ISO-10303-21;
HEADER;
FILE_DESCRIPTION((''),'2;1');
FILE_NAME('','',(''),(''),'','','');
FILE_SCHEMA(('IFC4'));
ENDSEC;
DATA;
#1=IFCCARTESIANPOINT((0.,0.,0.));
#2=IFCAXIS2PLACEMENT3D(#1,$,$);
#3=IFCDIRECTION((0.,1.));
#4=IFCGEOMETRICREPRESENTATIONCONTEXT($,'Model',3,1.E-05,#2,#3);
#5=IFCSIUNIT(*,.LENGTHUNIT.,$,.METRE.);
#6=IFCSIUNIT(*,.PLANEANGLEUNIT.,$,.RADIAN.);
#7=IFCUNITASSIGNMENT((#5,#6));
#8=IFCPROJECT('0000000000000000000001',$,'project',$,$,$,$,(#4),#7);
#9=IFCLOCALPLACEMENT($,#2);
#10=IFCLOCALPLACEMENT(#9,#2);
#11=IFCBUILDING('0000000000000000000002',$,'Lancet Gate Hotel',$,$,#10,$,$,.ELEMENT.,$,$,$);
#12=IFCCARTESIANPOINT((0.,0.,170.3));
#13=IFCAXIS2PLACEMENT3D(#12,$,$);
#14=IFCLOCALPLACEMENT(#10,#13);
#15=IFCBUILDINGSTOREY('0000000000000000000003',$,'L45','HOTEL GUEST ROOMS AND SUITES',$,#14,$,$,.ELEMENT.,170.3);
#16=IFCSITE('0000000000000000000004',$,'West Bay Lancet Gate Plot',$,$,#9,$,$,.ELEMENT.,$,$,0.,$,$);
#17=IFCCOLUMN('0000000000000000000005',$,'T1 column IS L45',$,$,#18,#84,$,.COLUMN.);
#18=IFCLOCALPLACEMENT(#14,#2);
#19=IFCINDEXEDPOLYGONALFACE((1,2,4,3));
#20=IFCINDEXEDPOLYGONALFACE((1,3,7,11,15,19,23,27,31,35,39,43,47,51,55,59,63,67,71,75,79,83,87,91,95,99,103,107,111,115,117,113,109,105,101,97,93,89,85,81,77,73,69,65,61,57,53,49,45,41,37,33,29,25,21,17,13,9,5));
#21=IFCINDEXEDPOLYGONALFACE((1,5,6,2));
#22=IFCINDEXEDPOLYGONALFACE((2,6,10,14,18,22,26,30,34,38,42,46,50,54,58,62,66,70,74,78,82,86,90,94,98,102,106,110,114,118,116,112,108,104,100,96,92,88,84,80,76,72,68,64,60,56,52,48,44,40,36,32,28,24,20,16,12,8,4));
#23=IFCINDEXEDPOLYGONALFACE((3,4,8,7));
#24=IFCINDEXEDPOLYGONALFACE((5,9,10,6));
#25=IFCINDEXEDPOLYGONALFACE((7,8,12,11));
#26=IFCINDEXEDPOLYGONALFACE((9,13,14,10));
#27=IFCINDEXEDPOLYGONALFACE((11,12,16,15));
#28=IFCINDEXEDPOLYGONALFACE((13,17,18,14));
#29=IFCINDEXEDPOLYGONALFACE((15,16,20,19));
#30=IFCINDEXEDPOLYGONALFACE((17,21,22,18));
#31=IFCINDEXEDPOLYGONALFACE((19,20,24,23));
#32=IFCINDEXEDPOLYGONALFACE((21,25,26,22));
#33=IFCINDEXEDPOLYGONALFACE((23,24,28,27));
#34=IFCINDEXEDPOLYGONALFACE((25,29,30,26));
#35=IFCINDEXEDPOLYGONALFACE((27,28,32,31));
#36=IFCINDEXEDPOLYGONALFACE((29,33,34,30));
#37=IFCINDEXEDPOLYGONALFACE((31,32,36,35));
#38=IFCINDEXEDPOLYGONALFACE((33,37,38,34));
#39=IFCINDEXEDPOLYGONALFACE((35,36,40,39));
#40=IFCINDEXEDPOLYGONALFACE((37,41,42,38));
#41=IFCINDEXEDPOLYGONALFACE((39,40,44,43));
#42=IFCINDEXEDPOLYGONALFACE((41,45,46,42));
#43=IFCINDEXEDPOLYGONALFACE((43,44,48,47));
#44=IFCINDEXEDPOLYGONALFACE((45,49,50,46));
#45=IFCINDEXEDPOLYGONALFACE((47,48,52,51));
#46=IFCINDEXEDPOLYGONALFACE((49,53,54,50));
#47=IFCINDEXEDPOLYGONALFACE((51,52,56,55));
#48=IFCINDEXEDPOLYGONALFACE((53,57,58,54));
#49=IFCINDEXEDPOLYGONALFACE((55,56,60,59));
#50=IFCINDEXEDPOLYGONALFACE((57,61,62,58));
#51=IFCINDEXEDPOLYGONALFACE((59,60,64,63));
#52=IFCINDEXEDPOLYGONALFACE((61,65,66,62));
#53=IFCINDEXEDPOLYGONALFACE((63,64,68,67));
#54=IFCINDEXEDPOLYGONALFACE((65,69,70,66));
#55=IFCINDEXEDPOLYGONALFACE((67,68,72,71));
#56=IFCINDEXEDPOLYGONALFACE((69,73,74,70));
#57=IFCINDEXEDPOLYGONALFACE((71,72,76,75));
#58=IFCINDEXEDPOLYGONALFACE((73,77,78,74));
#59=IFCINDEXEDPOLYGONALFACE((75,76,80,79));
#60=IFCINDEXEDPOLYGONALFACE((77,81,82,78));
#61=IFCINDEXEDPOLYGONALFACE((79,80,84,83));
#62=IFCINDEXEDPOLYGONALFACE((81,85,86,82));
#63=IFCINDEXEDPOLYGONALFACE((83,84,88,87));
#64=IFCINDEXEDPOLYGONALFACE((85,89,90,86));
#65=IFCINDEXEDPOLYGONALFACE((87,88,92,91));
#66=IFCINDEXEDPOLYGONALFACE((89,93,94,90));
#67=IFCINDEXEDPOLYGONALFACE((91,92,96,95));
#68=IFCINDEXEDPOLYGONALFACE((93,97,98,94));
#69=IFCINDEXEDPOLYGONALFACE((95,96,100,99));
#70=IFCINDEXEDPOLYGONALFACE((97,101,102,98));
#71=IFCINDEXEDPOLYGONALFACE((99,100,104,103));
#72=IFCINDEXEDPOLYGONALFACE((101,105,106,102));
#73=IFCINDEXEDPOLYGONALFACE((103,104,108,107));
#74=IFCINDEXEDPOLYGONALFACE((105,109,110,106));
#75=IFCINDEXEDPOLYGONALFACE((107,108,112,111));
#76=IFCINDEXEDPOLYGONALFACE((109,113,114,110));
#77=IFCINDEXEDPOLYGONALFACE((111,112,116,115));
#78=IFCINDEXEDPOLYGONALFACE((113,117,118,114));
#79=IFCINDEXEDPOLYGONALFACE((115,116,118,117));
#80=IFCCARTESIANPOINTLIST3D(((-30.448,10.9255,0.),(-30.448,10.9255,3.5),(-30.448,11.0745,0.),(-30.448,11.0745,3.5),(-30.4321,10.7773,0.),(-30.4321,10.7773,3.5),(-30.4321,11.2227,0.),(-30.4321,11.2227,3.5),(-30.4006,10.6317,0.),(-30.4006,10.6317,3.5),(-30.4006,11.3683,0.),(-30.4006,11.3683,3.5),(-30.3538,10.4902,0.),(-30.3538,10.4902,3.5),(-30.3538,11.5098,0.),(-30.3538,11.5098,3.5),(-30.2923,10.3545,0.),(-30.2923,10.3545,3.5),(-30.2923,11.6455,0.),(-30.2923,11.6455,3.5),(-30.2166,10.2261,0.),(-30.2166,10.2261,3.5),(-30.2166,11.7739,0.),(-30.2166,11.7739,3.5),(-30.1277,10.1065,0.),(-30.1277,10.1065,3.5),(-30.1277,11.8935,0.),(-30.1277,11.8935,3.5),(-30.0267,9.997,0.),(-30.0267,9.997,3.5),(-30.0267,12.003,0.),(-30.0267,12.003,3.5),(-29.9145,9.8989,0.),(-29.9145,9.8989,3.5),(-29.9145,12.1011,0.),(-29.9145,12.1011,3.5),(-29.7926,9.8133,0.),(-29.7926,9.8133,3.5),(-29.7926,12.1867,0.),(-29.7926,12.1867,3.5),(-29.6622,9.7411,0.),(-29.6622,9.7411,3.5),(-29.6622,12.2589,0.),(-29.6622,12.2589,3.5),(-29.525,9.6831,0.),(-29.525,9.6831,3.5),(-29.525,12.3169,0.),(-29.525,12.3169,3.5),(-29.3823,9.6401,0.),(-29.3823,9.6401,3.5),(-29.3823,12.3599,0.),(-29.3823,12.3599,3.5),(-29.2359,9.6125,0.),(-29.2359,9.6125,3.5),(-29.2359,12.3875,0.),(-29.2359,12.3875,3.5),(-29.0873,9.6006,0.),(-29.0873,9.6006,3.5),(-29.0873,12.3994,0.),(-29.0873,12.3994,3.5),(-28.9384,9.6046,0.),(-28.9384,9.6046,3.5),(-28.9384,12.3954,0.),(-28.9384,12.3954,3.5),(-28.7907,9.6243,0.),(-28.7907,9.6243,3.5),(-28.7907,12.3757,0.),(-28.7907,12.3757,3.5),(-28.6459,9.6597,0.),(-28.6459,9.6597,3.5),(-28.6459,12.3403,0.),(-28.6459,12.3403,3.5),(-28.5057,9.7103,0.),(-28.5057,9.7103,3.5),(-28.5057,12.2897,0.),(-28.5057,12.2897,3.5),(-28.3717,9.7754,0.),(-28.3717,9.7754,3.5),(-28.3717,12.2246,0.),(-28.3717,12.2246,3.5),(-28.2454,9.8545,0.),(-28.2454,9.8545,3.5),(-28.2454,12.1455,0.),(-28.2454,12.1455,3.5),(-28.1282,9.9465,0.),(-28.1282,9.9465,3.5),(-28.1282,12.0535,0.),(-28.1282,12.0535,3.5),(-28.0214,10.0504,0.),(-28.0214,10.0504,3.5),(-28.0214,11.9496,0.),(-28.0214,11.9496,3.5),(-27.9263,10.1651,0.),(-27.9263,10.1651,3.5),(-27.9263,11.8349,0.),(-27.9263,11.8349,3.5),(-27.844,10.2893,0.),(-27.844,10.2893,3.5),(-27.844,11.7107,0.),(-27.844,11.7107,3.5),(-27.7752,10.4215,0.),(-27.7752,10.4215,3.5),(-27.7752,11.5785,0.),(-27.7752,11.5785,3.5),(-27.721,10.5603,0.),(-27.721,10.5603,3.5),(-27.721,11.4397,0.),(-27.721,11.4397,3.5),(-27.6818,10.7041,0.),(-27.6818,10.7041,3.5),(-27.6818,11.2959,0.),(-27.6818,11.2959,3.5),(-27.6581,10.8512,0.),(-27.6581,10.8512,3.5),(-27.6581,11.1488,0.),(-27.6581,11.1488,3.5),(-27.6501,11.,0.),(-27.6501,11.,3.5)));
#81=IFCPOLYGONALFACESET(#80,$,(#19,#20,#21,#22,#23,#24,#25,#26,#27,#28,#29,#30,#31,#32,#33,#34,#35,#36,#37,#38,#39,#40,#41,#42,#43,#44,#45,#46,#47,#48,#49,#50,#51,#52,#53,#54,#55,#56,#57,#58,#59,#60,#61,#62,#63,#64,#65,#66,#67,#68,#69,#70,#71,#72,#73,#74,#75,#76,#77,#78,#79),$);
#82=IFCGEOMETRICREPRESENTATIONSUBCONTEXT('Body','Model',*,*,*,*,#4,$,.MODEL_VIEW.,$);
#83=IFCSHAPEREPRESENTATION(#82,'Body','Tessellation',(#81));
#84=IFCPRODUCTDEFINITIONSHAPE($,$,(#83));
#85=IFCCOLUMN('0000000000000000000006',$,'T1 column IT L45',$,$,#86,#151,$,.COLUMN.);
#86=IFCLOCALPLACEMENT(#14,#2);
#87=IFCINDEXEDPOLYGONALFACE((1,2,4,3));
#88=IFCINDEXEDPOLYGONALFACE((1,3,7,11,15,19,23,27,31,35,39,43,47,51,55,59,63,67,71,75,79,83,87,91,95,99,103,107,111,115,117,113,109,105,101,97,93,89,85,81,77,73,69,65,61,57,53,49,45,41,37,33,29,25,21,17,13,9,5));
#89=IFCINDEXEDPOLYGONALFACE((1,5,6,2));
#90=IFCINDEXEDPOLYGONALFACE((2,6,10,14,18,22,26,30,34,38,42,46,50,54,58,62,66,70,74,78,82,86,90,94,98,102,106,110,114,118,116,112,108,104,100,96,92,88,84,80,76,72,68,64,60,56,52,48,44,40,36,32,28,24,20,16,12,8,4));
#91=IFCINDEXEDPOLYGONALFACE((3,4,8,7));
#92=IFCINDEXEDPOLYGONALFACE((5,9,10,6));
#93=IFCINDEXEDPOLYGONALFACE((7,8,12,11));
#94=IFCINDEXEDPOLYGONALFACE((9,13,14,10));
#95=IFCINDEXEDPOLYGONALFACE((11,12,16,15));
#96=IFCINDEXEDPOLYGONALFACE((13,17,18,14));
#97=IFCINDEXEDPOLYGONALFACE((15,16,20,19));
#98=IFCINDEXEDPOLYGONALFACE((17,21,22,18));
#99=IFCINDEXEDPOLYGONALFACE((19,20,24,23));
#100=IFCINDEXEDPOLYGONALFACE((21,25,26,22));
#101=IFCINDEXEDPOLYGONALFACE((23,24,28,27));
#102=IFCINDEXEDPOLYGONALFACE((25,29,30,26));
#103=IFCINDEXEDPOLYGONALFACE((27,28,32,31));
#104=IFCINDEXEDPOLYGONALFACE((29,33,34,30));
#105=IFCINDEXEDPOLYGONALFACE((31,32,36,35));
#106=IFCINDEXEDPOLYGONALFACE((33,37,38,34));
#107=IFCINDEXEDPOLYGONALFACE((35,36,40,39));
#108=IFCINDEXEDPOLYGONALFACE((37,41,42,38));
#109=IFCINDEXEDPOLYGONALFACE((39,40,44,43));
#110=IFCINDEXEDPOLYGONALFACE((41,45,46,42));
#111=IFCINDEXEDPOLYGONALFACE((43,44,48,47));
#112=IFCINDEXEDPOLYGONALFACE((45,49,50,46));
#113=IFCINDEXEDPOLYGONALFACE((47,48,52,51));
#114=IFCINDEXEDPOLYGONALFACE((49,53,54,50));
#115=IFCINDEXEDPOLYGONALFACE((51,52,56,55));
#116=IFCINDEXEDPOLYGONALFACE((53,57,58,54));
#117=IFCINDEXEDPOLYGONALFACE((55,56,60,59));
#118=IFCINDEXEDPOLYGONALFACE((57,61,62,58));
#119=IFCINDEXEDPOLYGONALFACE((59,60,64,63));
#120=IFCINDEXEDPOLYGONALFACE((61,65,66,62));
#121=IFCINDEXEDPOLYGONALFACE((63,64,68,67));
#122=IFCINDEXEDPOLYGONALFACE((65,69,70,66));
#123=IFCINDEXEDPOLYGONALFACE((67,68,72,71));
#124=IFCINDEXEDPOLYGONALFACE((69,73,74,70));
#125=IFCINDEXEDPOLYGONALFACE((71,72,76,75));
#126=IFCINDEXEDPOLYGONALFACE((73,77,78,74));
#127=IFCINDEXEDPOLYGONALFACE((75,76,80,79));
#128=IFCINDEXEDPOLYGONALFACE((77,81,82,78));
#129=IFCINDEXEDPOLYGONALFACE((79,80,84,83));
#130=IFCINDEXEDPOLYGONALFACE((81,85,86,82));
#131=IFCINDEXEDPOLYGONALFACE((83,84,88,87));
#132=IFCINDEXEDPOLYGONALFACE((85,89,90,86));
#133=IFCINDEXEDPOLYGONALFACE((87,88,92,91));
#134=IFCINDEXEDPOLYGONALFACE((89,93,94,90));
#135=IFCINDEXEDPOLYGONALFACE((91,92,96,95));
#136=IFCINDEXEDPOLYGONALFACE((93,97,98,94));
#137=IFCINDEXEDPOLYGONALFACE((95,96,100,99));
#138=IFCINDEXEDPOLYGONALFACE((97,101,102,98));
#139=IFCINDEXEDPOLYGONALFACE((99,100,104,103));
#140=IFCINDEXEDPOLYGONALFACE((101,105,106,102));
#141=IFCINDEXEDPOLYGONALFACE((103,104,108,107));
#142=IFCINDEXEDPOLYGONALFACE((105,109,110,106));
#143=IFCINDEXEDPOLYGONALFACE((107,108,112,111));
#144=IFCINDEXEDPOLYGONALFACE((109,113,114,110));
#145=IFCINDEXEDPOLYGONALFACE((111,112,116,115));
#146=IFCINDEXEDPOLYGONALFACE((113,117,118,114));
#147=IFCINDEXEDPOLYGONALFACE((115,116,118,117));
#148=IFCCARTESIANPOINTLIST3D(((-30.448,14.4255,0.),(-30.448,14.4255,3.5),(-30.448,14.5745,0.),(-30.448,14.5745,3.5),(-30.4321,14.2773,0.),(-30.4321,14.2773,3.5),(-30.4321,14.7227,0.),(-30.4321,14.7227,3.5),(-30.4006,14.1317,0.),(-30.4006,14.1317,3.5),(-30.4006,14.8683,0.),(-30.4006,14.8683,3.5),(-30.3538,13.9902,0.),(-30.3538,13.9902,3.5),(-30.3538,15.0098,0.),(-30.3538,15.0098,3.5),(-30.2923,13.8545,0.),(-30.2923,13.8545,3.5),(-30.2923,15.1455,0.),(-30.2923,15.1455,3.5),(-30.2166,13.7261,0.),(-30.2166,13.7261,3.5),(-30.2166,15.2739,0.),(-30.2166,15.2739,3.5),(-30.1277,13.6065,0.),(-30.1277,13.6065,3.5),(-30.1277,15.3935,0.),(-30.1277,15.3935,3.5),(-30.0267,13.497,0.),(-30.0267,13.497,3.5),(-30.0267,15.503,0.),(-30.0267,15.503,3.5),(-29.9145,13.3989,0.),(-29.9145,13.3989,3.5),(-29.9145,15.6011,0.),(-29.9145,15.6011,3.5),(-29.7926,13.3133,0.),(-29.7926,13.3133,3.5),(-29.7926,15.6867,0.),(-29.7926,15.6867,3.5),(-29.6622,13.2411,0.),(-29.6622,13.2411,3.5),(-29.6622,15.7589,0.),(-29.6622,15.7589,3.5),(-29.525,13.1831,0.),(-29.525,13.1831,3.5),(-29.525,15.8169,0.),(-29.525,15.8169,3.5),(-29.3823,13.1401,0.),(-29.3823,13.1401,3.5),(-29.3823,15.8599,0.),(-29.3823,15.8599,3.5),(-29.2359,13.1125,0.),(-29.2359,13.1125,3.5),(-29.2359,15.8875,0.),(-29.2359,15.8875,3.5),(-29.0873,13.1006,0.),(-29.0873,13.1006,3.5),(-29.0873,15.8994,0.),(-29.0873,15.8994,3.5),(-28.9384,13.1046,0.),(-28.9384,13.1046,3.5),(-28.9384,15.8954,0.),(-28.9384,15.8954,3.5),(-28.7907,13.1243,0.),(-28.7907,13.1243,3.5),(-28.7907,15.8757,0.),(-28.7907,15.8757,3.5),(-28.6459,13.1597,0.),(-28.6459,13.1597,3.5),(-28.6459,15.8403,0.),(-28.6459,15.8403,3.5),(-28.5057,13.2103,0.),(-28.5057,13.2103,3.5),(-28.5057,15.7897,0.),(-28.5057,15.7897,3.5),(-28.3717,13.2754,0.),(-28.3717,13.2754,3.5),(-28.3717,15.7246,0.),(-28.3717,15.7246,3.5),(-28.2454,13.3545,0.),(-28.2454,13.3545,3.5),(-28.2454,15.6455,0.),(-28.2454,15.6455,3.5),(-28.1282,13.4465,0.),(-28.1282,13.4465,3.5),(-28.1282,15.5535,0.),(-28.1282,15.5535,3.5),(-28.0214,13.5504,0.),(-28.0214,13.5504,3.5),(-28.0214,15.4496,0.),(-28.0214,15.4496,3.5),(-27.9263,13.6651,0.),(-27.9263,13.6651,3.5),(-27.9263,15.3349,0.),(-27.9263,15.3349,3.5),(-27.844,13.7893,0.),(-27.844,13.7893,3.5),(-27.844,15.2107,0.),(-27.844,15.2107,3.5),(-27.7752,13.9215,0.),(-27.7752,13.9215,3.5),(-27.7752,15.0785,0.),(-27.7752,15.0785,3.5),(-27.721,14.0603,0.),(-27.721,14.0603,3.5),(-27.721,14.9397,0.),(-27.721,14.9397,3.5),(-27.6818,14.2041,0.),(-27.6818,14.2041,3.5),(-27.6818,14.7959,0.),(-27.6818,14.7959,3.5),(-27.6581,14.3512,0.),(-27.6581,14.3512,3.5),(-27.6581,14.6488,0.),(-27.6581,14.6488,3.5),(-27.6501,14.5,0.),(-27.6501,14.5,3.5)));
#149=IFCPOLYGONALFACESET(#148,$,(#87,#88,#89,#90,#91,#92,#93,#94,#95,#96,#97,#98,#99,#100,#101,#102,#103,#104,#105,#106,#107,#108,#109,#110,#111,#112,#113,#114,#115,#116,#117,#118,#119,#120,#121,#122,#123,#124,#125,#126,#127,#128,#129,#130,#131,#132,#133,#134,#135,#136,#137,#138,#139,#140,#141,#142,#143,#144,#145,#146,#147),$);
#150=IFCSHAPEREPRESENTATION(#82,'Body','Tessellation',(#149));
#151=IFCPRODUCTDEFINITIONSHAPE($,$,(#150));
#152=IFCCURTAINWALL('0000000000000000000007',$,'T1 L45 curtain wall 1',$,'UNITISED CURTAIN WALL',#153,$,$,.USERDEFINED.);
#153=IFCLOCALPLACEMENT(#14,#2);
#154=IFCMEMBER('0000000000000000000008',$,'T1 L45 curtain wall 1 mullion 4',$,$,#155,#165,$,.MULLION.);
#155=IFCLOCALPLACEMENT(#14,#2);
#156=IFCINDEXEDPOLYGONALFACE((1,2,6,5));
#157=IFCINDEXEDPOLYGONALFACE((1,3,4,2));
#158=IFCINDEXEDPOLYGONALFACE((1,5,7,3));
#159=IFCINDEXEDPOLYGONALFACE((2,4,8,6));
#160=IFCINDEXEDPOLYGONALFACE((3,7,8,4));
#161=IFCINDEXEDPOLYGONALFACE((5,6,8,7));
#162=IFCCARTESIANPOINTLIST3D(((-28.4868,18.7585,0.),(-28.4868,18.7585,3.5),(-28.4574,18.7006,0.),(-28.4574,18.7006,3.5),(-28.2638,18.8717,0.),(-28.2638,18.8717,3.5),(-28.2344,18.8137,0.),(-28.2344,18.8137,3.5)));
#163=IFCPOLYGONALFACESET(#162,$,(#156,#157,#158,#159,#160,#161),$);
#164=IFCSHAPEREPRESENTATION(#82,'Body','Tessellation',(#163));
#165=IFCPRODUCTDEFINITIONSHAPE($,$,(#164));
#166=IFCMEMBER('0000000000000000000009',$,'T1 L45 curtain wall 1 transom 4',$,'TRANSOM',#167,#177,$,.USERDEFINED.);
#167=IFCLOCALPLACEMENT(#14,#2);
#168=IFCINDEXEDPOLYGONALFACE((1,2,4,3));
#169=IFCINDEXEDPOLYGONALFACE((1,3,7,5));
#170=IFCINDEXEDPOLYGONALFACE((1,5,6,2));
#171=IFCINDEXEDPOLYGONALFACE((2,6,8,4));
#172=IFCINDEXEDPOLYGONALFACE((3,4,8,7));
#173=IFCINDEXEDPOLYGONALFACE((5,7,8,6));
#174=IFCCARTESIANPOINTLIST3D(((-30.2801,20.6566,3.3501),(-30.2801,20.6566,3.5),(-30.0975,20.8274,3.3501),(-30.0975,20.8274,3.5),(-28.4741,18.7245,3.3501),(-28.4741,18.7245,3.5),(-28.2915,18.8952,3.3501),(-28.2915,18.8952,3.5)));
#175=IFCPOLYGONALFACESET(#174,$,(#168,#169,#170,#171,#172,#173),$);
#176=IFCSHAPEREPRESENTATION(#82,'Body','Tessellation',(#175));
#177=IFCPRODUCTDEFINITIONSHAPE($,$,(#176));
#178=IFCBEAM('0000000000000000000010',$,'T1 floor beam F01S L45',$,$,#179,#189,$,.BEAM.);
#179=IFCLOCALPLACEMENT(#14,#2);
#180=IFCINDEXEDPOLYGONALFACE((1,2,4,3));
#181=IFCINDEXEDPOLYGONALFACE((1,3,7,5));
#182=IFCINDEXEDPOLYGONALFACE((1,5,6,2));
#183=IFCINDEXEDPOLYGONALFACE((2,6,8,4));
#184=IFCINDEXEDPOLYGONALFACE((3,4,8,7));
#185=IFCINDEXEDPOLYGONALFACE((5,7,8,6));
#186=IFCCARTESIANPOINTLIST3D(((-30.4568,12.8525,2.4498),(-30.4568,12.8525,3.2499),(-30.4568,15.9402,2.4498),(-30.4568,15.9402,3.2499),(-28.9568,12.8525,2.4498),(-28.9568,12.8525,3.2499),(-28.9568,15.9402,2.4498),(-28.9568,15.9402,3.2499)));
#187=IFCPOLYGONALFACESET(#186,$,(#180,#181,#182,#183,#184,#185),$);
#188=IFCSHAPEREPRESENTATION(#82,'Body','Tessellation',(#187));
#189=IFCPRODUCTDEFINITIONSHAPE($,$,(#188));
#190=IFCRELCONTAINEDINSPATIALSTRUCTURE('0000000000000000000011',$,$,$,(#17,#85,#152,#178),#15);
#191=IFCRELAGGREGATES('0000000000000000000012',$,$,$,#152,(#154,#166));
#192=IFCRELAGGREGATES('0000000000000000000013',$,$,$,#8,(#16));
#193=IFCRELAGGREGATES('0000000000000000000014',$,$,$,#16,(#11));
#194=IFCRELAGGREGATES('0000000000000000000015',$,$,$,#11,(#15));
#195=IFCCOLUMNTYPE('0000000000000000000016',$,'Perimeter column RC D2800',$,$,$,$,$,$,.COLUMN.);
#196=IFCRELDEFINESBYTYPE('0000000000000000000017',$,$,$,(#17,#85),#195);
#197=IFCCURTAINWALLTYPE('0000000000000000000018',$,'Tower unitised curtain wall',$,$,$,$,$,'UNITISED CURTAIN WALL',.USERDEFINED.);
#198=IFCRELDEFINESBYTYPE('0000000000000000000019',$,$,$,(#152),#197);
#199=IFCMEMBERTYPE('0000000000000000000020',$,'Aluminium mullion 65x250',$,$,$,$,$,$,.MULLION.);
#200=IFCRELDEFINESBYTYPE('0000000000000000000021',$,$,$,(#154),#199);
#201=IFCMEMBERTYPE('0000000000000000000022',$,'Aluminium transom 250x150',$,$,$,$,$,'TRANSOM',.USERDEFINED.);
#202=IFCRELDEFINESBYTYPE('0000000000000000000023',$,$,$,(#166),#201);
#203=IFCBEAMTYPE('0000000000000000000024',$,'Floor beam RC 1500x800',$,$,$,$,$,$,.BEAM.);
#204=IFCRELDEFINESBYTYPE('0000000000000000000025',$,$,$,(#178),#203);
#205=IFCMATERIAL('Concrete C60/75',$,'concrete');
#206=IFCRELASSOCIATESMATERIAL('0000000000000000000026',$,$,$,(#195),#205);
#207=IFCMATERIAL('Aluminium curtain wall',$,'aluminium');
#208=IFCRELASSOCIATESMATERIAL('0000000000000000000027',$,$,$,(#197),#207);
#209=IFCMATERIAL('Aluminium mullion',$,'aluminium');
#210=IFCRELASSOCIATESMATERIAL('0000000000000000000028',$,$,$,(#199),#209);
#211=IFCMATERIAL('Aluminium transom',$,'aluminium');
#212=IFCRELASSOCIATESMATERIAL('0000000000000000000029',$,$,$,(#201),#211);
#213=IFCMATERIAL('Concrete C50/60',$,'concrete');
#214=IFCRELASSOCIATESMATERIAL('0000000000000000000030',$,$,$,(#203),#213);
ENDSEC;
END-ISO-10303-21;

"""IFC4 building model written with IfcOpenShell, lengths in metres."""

from ifc_helpers import new_model, si_unit, direction, frame, origin, origin_2d, place, context, subcontext, project, spatial, rectangle, circle, extrude, material, material_profile, profile_set, type_object, element, aggregate, save


model = new_model("IFC4")

# Units and contexts
model_context = context("Model", 3, precision=1e-05, world=origin(), true_north=direction((0.0, 1.0)))
body_context = subcontext(model_context, "Body", "Model", "MODEL_VIEW")
ifc_project = project(units=[si_unit("LENGTHUNIT", "METRE"), si_unit("PLANEANGLEUNIT", "RADIAN")], contexts=[model_context])

# Site, building, storey
site_placement = place(None, origin())
site = spatial("IfcSite", under=ifc_project, at=site_placement, Name="West Bay Lancet Gate Plot", CompositionType="ELEMENT", RefElevation=0.0)
building_placement = place(site_placement, origin())
building = spatial("IfcBuilding", under=site, at=building_placement, Name="Lancet Gate Hotel", CompositionType="ELEMENT")
storey_placement = place(building_placement, frame((0.0, 0.0, 170.3)))
storey = spatial("IfcBuildingStorey", under=building, at=storey_placement, Name="L45", Description="HOTEL GUEST ROOMS AND SUITES", CompositionType="ELEMENT", Elevation=170.3)

# Columns
ifc_material_1 = material(Name="Concrete C60/75", Category="concrete")
ifc_material_profile_1 = material_profile(ifc_material_1, circle(Radius=1.3999, at=origin_2d()), Name="RC D2800")
ifc_profile_set_1 = profile_set([ifc_material_profile_1], Name="Concrete C60/75")
column_type = type_object("IfcColumnType", Name="Perimeter column RC D2800", PredefinedType="COLUMN", material=ifc_profile_set_1)
for number, where, z_axis, x_axis, name in (
    (1, (-29.05, 11.0, 0.0), (0.0, 0.0, 1.0), (1.0, 0.0, 0.0), "T1 column IS L45"),
    (2, (-29.05, 14.5, 0.0), (0.0, 0.0, 1.0), (1.0, 0.0, 0.0), "T1 column IT L45"),
):
    element("IfcColumn", number, at=place(storey_placement, frame(where, z_axis=z_axis, x_axis=x_axis)), inside=storey, type_object=column_type, Name=name, PredefinedType="COLUMN", context=body_context, shape_type="SweptSolid", body=[
        extrude(circle(Radius=1.3999, at=origin_2d()), origin(), (0.0, 0.0, 1.0), 3.5),
    ])

# Curtain wall, members
ifc_material_2 = material(Name="Aluminium curtain wall", Category="aluminium")
curtain_wall_type = type_object("IfcCurtainWallType", Name="Tower unitised curtain wall", ElementType="UNITISED CURTAIN WALL", PredefinedType="USERDEFINED", material=ifc_material_2)
curtain_wall_placement = place(storey_placement, origin())
curtain_wall = element("IfcCurtainWall", 3, at=curtain_wall_placement, inside=storey, type_object=curtain_wall_type, Name="T1 L45 curtain wall 1", ObjectType="UNITISED CURTAIN WALL", PredefinedType="USERDEFINED")
ifc_material_3 = material(Name="Aluminium mullion", Category="aluminium")
ifc_material_profile_2 = material_profile(ifc_material_3, rectangle(XDim=0.0649, YDim=0.25, at=origin_2d()), Name="MULLION 65x250")
ifc_profile_set_2 = profile_set([ifc_material_profile_2], Name="Aluminium mullion")
member_type_1 = type_object("IfcMemberType", Name="Aluminium mullion 65x250", PredefinedType="MULLION", material=ifc_profile_set_2)
member_1_placement = place(storey_placement, frame((-28.3606, 18.7861, 0.0), z_axis=(0.0, 0.0, 1.0), x_axis=(-0.452508, 0.891761, 0.0)))
member_1 = element("IfcMember", 4, at=member_1_placement, type_object=member_type_1, Name="T1 L45 curtain wall 1 mullion 4", PredefinedType="MULLION", context=body_context, shape_type="SweptSolid", body=[
    extrude(rectangle(XDim=0.0649, YDim=0.25, at=origin_2d()), origin(), (0.0, 0.0, 1.0), 3.5),
])
ifc_material_4 = material(Name="Aluminium transom", Category="aluminium")
ifc_material_profile_3 = material_profile(ifc_material_4, rectangle(XDim=0.25, YDim=0.1499, at=origin_2d()), Name="TRANSOM 250x150")
ifc_profile_set_3 = profile_set([ifc_material_profile_3], Name="Aluminium transom")
member_type_2 = type_object("IfcMemberType", Name="Aluminium transom 250x150", ElementType="TRANSOM", PredefinedType="USERDEFINED", material=ifc_profile_set_3)
member_2_placement = place(storey_placement, frame((-28.3828, 18.8098, 3.425), z_axis=(-0.682841, 0.730567, 0.0), x_axis=(-0.730567, -0.682841, 0.0)))
member_2 = element("IfcMember", 5, at=member_2_placement, type_object=member_type_2, Name="T1 L45 curtain wall 1 transom 4", ObjectType="TRANSOM", PredefinedType="USERDEFINED", context=body_context, shape_type="SweptSolid", body=[
    extrude(rectangle(XDim=0.25, YDim=0.1499, at=origin_2d()), origin(), (0.0, 0.0, 1.0), 2.6448),
])

# Beam
ifc_material_5 = material(Name="Concrete C50/60", Category="concrete")
ifc_material_profile_4 = material_profile(ifc_material_5, rectangle(XDim=1.5, YDim=0.8, at=origin_2d()), Name="RC 1500x800")
ifc_profile_set_4 = profile_set([ifc_material_profile_4], Name="Concrete C50/60")
beam_type_1 = type_object("IfcBeamType", Name="Floor beam RC 1500x800", PredefinedType="BEAM", material=ifc_profile_set_4)
beam_1_placement = place(storey_placement, frame((-29.7068, 15.9402, 2.8499), z_axis=(0.0, -1.0, 0.0), x_axis=(1.0, 0.0, 0.0)))
element("IfcBeam", 6, at=beam_1_placement, inside=storey, type_object=beam_type_1, Name="T1 floor beam F01S L45", PredefinedType="BEAM", context=body_context, shape_type="SweptSolid", body=[
    extrude(rectangle(XDim=1.5, YDim=0.8, at=origin_2d()), origin(), (0.0, 0.0, 1.0), 3.0876),
])

aggregate(curtain_wall, [member_1, member_2])

save(model, "model.ifc")
